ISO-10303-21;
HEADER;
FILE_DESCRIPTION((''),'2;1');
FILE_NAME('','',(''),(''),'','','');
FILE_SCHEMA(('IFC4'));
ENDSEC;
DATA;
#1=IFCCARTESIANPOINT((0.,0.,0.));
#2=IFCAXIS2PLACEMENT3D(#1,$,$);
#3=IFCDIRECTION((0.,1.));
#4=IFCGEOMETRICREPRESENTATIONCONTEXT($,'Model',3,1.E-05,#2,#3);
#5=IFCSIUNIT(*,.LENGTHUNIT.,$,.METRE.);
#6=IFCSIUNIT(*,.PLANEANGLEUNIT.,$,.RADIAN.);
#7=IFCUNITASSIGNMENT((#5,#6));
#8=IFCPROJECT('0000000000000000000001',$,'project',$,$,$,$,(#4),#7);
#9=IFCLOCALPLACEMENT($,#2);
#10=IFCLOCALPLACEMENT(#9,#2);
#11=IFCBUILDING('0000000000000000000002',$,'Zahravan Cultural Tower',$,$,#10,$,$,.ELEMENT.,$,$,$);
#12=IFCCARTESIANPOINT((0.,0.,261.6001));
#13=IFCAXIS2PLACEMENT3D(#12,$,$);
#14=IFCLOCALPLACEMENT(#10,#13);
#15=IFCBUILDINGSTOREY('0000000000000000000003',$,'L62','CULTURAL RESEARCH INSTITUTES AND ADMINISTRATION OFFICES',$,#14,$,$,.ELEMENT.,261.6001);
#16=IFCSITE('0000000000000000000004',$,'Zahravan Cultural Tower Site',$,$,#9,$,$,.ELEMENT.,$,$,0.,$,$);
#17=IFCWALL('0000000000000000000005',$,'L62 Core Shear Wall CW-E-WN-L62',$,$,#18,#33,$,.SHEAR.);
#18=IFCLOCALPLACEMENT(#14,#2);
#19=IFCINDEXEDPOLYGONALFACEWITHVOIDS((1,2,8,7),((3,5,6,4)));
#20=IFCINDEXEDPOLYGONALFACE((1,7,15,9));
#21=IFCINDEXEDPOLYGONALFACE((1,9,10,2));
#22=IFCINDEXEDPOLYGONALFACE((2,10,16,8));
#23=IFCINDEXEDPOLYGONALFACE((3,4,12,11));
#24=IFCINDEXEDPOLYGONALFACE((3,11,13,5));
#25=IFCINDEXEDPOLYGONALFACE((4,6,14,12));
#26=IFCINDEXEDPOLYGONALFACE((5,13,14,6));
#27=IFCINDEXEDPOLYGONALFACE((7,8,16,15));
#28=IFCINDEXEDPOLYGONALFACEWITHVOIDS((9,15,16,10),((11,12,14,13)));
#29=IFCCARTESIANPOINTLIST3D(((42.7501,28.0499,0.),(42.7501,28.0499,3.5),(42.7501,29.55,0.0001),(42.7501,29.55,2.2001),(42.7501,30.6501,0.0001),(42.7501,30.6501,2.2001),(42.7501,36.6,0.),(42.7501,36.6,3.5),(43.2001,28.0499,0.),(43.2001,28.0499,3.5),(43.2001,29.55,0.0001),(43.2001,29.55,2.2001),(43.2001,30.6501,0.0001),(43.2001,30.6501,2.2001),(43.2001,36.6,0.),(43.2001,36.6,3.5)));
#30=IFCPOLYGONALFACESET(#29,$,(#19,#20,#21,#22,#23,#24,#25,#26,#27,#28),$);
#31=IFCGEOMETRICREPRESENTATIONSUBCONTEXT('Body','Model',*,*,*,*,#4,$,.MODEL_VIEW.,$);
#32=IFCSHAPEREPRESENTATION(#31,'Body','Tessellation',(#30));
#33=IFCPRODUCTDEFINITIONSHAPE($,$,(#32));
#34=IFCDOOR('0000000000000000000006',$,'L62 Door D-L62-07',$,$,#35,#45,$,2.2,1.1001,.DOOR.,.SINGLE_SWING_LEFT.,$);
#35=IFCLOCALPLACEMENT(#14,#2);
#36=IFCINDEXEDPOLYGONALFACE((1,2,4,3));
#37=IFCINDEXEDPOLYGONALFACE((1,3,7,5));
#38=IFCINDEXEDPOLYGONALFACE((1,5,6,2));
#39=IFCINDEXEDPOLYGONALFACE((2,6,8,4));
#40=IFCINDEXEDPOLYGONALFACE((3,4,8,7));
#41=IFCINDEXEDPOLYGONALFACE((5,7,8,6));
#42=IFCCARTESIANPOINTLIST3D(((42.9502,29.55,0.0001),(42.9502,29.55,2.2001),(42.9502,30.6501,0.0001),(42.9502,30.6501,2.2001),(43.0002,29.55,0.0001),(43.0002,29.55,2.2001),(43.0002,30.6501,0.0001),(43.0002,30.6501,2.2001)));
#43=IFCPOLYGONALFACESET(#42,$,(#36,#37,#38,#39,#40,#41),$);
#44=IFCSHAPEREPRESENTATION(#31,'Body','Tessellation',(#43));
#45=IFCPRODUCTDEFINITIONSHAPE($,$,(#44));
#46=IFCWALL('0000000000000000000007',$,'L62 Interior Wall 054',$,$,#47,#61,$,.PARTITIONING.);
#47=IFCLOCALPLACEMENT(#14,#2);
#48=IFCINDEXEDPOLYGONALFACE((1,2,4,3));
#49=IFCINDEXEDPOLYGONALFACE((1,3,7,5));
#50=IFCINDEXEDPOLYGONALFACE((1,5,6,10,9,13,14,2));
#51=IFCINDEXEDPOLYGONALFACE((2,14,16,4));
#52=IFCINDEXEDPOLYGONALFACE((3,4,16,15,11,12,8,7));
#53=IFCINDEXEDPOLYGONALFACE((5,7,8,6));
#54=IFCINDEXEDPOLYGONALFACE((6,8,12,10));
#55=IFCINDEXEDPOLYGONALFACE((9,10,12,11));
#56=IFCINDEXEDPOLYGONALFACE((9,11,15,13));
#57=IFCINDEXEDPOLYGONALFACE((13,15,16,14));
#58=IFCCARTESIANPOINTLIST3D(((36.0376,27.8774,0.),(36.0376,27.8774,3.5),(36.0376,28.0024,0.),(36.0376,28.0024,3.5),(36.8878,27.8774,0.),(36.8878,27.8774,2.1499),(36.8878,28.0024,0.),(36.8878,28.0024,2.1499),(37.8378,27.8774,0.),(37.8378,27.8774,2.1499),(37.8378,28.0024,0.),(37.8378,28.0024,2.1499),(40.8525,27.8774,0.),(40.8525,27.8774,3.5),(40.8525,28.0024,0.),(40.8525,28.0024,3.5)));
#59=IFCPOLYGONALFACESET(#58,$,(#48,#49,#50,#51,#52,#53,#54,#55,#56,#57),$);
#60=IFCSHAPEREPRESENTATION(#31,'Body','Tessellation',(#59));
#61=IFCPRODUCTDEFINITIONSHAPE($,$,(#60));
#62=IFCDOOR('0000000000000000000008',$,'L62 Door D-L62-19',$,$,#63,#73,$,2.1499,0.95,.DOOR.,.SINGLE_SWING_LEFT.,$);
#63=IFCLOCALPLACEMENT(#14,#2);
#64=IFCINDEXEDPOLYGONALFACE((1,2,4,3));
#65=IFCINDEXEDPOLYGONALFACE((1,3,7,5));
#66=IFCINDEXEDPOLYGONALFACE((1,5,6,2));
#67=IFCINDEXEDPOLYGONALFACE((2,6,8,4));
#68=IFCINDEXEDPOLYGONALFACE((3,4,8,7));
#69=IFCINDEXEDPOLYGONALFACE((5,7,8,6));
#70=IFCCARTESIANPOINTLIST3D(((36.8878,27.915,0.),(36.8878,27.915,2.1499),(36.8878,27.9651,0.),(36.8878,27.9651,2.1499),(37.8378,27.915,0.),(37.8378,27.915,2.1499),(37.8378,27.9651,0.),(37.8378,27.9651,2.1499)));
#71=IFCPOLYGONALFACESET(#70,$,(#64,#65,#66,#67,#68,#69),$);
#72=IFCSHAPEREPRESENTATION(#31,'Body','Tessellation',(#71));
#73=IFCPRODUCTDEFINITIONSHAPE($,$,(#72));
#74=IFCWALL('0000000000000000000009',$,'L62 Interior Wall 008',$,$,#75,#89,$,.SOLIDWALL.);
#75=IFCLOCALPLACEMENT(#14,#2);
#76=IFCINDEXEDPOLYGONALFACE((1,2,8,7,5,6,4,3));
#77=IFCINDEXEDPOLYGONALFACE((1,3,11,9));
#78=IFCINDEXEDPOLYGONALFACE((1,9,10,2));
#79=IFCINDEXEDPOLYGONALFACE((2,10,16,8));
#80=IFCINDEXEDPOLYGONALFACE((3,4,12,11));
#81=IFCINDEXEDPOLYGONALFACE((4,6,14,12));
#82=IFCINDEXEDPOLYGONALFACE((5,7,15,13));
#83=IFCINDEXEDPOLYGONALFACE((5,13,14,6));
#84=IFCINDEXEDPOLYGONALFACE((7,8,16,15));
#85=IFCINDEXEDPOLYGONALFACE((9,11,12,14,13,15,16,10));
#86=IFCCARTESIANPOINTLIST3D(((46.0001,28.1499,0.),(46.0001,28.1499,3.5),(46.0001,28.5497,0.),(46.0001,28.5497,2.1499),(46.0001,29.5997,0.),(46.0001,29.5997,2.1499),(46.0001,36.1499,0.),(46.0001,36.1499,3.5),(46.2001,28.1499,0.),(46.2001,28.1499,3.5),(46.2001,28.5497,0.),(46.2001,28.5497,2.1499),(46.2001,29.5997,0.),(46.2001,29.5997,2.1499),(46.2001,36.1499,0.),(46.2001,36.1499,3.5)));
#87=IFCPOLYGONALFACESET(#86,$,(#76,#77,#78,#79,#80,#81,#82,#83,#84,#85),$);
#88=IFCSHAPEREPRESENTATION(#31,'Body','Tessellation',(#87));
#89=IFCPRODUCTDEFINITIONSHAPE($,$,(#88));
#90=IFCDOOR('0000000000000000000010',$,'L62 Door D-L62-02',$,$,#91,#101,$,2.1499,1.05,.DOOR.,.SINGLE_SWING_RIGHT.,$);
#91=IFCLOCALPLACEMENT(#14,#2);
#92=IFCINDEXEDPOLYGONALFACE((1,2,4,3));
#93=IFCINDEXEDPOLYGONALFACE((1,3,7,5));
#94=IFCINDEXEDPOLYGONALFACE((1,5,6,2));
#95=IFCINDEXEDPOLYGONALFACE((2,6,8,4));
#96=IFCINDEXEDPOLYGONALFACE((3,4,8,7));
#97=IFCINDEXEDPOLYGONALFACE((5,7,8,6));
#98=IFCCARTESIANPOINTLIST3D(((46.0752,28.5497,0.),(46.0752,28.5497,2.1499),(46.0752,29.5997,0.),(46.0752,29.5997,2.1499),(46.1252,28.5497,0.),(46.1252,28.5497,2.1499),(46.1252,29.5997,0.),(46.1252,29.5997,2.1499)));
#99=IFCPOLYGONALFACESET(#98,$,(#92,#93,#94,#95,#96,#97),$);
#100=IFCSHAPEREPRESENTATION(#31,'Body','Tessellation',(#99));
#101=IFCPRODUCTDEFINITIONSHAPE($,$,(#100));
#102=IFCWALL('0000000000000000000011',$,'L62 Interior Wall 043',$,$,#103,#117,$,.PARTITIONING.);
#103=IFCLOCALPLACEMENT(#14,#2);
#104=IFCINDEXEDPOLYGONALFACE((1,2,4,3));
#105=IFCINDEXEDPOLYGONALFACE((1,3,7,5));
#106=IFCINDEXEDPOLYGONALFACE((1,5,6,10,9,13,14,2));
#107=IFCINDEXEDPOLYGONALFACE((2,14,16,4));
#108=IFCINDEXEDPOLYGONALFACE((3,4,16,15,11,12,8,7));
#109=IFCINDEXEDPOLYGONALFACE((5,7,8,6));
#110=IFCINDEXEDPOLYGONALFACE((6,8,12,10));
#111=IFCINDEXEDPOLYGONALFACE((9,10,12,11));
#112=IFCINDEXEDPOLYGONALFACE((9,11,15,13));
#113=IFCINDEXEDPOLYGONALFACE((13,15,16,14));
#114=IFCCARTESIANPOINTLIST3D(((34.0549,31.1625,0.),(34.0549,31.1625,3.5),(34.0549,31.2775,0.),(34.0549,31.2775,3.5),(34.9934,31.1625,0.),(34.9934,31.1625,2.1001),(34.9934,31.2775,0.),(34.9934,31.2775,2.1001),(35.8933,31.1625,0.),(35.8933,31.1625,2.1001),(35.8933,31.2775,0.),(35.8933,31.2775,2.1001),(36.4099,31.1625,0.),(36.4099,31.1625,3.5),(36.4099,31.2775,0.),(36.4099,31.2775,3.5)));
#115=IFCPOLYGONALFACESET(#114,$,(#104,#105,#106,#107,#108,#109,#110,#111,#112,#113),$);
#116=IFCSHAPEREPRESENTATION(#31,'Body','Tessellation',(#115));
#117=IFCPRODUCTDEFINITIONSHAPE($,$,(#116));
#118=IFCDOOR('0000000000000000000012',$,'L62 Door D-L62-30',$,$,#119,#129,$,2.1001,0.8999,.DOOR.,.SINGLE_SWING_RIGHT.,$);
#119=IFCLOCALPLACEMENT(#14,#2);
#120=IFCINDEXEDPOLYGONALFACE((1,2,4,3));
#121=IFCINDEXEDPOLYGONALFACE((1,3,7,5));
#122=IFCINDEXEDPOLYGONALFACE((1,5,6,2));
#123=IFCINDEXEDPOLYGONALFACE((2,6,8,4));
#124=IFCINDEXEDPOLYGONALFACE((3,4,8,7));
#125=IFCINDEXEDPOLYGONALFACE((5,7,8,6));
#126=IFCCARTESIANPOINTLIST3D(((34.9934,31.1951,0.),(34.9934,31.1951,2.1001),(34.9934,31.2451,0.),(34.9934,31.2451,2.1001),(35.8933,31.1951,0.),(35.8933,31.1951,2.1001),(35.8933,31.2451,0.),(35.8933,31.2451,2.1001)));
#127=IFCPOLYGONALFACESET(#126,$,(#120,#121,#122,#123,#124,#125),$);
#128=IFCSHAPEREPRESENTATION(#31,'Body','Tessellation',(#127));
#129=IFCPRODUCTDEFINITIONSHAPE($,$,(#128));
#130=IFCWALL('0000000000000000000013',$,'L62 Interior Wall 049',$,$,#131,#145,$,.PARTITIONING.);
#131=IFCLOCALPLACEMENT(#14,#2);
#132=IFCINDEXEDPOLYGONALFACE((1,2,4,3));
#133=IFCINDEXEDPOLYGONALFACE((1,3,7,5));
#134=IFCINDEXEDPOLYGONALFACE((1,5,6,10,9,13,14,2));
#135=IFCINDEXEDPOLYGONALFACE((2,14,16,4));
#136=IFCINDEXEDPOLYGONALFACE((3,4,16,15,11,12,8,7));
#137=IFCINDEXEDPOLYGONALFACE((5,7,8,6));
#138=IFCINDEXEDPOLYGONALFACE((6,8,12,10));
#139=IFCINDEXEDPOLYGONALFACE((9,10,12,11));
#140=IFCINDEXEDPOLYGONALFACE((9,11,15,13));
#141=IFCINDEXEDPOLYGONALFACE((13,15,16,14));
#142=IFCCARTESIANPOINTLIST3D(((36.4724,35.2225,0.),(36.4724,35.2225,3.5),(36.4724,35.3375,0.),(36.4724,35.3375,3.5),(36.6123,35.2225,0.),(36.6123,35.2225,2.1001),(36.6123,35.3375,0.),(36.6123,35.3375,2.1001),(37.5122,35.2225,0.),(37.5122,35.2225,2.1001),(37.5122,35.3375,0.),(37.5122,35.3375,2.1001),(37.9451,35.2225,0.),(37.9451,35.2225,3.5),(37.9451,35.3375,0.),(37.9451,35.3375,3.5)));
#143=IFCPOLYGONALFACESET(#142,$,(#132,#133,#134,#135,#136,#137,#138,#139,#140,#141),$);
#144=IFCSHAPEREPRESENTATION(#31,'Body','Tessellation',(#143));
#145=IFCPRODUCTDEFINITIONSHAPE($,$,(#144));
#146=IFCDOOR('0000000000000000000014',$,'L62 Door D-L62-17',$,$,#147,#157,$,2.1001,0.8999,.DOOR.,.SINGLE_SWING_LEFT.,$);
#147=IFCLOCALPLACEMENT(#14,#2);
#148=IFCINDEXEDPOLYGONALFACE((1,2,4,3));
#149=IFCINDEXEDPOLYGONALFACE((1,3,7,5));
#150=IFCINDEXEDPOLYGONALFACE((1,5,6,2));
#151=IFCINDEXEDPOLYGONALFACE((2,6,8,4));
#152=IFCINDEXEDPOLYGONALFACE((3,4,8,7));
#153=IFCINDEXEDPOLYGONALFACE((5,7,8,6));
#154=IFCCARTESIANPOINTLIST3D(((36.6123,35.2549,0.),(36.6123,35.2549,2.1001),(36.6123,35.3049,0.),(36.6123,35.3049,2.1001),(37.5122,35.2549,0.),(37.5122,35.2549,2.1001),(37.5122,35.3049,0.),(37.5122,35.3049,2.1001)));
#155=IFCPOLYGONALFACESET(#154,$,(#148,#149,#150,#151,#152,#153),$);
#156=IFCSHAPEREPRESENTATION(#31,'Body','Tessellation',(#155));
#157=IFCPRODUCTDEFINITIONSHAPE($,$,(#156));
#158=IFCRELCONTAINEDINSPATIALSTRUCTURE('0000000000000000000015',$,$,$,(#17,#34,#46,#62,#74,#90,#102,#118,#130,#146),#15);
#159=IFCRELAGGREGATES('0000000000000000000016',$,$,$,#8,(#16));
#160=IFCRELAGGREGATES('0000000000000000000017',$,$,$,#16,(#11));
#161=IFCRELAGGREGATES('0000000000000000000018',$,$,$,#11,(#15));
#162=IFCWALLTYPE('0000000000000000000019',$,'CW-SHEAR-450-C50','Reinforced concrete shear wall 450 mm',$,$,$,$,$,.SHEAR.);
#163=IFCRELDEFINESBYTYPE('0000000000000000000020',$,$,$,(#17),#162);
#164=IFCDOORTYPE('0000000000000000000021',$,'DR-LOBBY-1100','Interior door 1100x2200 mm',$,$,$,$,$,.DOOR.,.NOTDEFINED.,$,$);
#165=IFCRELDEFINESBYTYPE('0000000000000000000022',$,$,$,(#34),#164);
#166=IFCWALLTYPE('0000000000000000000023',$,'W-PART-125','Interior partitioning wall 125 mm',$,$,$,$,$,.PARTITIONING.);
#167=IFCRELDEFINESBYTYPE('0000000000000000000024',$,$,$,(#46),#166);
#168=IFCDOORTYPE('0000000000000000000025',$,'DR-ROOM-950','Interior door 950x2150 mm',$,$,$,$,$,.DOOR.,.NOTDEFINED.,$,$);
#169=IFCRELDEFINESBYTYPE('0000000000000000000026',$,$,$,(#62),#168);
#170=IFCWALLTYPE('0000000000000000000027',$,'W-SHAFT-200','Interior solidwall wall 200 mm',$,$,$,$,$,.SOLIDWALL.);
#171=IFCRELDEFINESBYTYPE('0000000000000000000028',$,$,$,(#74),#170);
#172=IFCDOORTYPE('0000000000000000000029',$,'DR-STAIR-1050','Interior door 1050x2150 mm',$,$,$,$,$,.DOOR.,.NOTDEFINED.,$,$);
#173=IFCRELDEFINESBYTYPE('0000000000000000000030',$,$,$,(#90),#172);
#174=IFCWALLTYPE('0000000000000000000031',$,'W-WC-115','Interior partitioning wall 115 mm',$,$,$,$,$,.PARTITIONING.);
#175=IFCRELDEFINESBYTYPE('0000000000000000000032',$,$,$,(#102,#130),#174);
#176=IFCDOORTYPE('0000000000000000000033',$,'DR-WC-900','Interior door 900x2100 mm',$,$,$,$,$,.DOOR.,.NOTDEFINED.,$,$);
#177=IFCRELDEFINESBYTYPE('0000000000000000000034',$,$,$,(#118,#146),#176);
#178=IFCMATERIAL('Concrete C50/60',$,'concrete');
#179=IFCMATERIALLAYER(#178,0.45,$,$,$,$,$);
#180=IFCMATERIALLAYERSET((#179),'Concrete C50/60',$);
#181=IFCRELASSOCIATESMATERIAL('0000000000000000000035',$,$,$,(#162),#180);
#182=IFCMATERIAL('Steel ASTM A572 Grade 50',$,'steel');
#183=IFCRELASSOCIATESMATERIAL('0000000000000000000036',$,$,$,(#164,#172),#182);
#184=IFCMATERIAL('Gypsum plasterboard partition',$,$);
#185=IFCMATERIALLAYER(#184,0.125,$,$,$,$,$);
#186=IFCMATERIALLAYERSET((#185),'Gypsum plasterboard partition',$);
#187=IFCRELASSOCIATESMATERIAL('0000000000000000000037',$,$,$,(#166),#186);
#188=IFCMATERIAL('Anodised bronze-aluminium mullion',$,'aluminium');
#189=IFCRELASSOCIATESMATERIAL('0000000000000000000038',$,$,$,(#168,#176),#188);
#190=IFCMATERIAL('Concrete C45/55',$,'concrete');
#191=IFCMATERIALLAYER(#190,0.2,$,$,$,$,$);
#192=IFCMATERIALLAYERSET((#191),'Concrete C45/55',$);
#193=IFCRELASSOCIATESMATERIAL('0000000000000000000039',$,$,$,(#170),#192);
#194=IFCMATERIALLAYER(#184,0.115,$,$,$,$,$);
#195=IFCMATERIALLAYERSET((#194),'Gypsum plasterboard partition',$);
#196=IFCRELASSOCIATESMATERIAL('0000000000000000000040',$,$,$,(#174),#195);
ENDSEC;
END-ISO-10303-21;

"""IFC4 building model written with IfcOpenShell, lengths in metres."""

from ifc_helpers import new_model, si_unit, direction, frame, frame_2d, origin, place, context, subcontext, project, spatial, rectangle, extrude, source, transform, mapped, material, layer, layer_set, type_object, element, fill, save


model = new_model("IFC4")

# Units and contexts
model_context = context("Model", 3, precision=1e-05, world=origin(), true_north=direction((0.0, 1.0)))
body_context = subcontext(model_context, "Body", "Model", "MODEL_VIEW")
ifc_project = project(units=[si_unit("LENGTHUNIT", "METRE"), si_unit("PLANEANGLEUNIT", "RADIAN")], contexts=[model_context])

# Site, building, storey
site_placement = place(None, origin())
site = spatial("IfcSite", under=ifc_project, at=site_placement, Name="Zahravan Cultural Tower Site", CompositionType="ELEMENT", RefElevation=0.0)
building_placement = place(site_placement, origin())
building = spatial("IfcBuilding", under=site, at=building_placement, Name="Zahravan Cultural Tower", CompositionType="ELEMENT")
storey_placement = place(building_placement, frame((0.0, 0.0, 261.6001)))
storey = spatial("IfcBuildingStorey", under=building, at=storey_placement, Name="L62", Description="CULTURAL RESEARCH INSTITUTES AND ADMINISTRATION OFFICES", CompositionType="ELEMENT", Elevation=261.6001)

# Walls, openings, doors
ifc_material_1 = material(Name="Concrete C50/60", Category="concrete")
ifc_layer_1 = layer(ifc_material_1, 0.45)
ifc_layer_set_1 = layer_set([ifc_layer_1], Name="Concrete C50/60")
wall_type_1 = type_object("IfcWallType", Name="CW-SHEAR-450-C50", Description="Reinforced concrete shear wall 450 mm", PredefinedType="SHEAR", material=ifc_layer_set_1)
wall_1_placement = place(storey_placement, frame((42.9751, 28.05, 0.0), z_axis=(0.0, 0.0, 1.0), x_axis=(0.0, 1.0, 0.0)))
wall_1 = element("IfcWall", 1, at=wall_1_placement, inside=storey, type_object=wall_type_1, Name="L62 Core Shear Wall CW-E-WN-L62", PredefinedType="SHEAR", context=body_context, shape_type="SweptSolid", body=[
    extrude(rectangle(XDim=8.55, YDim=0.45, at=frame_2d((4.2749, 0.0))), origin(), (0.0, 0.0, 1.0), 3.5),
])
opening_1_placement = place(wall_1_placement, frame((1.5, 0.0, 0.0)))
opening_1 = element("IfcOpeningElement", 2, at=opening_1_placement, cuts=wall_1, PredefinedType="OPENING", context=body_context, shape_type="SweptSolid", body=[
    extrude(rectangle(XDim=1.1001, YDim=2.2, at=frame_2d((0.55, 1.1001))), frame((0.0, 0.2349, 0.0), z_axis=(0.0, -1.0, 0.0), x_axis=(1.0, 0.0, 0.0)), (0.0, 0.0, 1.0), 0.47),
])
ifc_material_2 = material(Name="Steel ASTM A572 Grade 50", Category="steel")
door_type_1 = type_object("IfcDoorType", Name="DR-LOBBY-1100", Description="Interior door 1100x2200 mm", OperationType="NOTDEFINED", PredefinedType="DOOR", material=ifc_material_2)
shared_shape_1 = source(origin(), body_context, "Body", "SweptSolid", [
    extrude(rectangle(XDim=1.1001, YDim=2.2, at=frame_2d((0.55, 1.1001))), frame((0.0, 0.0249, 0.0), z_axis=(0.0, -1.0, 0.0), x_axis=(1.0, 0.0, 0.0)), (0.0, 0.0, 1.0), 0.05),
])
door_1_placement = place(opening_1_placement, origin())
door_1 = element("IfcDoor", 3, at=door_1_placement, inside=storey, type_object=door_type_1, Name="L62 Door D-L62-07", OperationType="SINGLE_SWING_LEFT", OverallHeight=2.2, OverallWidth=1.1001, PredefinedType="DOOR", context=body_context, shape_type="MappedRepresentation", body=[
    mapped(shared_shape_1, transform((0.0, 0.0, 0.0), x_axis=(1.0, 0.0, 0.0), y_axis=(0.0, 1.0, 0.0), z_axis=(0.0, 0.0, 1.0), scale=1.0)),
])
fill(opening_1, door_1)
ifc_material_3 = material(Name="Gypsum plasterboard partition")
ifc_layer_2 = layer(ifc_material_3, 0.125)
ifc_layer_set_2 = layer_set([ifc_layer_2], Name="Gypsum plasterboard partition")
wall_type_2 = type_object("IfcWallType", Name="W-PART-125", Description="Interior partitioning wall 125 mm", PredefinedType="PARTITIONING", material=ifc_layer_set_2)
wall_2_placement = place(storey_placement, frame((40.8525, 27.9399, 0.0), z_axis=(0.0, 0.0, 1.0), x_axis=(-1.0, 0.0, 0.0)))
wall_2 = element("IfcWall", 4, at=wall_2_placement, inside=storey, type_object=wall_type_2, Name="L62 Interior Wall 054", PredefinedType="PARTITIONING", context=body_context, shape_type="SweptSolid", body=[
    extrude(rectangle(XDim=4.8149, YDim=0.125, at=frame_2d((2.4075, 0.0))), origin(), (0.0, 0.0, 1.0), 3.5),
])
opening_2_placement = place(wall_2_placement, frame((3.0146, 0.0, 0.0)))
opening_2 = element("IfcOpeningElement", 5, at=opening_2_placement, cuts=wall_2, PredefinedType="OPENING", context=body_context, shape_type="SweptSolid", body=[
    extrude(rectangle(XDim=0.95, YDim=2.1499, at=frame_2d((0.4751, 1.075))), frame((0.0, 0.0725, 0.0), z_axis=(0.0, -1.0, 0.0), x_axis=(1.0, 0.0, 0.0)), (0.0, 0.0, 1.0), 0.145),
])
ifc_material_4 = material(Name="Anodised bronze-aluminium mullion", Category="aluminium")
door_type_2 = type_object("IfcDoorType", Name="DR-ROOM-950", Description="Interior door 950x2150 mm", OperationType="NOTDEFINED", PredefinedType="DOOR", material=ifc_material_4)
shared_shape_2 = source(origin(), body_context, "Body", "SweptSolid", [
    extrude(rectangle(XDim=0.95, YDim=2.1499, at=frame_2d((0.4751, 1.075))), frame((0.0, 0.0249, 0.0), z_axis=(0.0, -1.0, 0.0), x_axis=(1.0, 0.0, 0.0)), (0.0, 0.0, 1.0), 0.05),
])
door_2_placement = place(opening_2_placement, origin())
door_2 = element("IfcDoor", 6, at=door_2_placement, inside=storey, type_object=door_type_2, Name="L62 Door D-L62-19", OperationType="SINGLE_SWING_LEFT", OverallHeight=2.1499, OverallWidth=0.95, PredefinedType="DOOR", context=body_context, shape_type="MappedRepresentation", body=[
    mapped(shared_shape_2, transform((0.0, 0.0, 0.0), x_axis=(1.0, 0.0, 0.0), y_axis=(0.0, 1.0, 0.0), z_axis=(0.0, 0.0, 1.0), scale=1.0)),
])
fill(opening_2, door_2)
ifc_material_5 = material(Name="Concrete C45/55", Category="concrete")
ifc_layer_3 = layer(ifc_material_5, 0.2)
ifc_layer_set_3 = layer_set([ifc_layer_3], Name="Concrete C45/55")
wall_type_3 = type_object("IfcWallType", Name="W-SHAFT-200", Description="Interior solidwall wall 200 mm", PredefinedType="SOLIDWALL", material=ifc_layer_set_3)
wall_3_placement = place(storey_placement, frame((46.1001, 28.1499, 0.0), z_axis=(0.0, 0.0, 1.0), x_axis=(0.0, 1.0, 0.0)))
wall_3 = element("IfcWall", 7, at=wall_3_placement, inside=storey, type_object=wall_type_3, Name="L62 Interior Wall 008", PredefinedType="SOLIDWALL", context=body_context, shape_type="SweptSolid", body=[
    extrude(rectangle(XDim=8.0, YDim=0.2, at=frame_2d((4.0, 0.0))), origin(), (0.0, 0.0, 1.0), 3.5),
])
opening_3_placement = place(wall_3_placement, frame((0.3999, 0.0, 0.0)))
opening_3 = element("IfcOpeningElement", 8, at=opening_3_placement, cuts=wall_3, PredefinedType="OPENING", context=body_context, shape_type="SweptSolid", body=[
    extrude(rectangle(XDim=1.05, YDim=2.1499, at=frame_2d((0.5249, 1.075))), frame((0.0, 0.1099, 0.0), z_axis=(0.0, -1.0, 0.0), x_axis=(1.0, 0.0, 0.0)), (0.0, 0.0, 1.0), 0.22),
])
door_type_3 = type_object("IfcDoorType", Name="DR-STAIR-1050", Description="Interior door 1050x2150 mm", OperationType="NOTDEFINED", PredefinedType="DOOR", material=ifc_material_2)
shared_shape_3 = source(origin(), body_context, "Body", "SweptSolid", [
    extrude(rectangle(XDim=1.05, YDim=2.1499, at=frame_2d((0.5249, 1.075))), frame((0.0, 0.0249, 0.0), z_axis=(0.0, -1.0, 0.0), x_axis=(1.0, 0.0, 0.0)), (0.0, 0.0, 1.0), 0.05),
])
door_3_placement = place(opening_3_placement, origin())
door_3 = element("IfcDoor", 9, at=door_3_placement, inside=storey, type_object=door_type_3, Name="L62 Door D-L62-02", OperationType="SINGLE_SWING_RIGHT", OverallHeight=2.1499, OverallWidth=1.05, PredefinedType="DOOR", context=body_context, shape_type="MappedRepresentation", body=[
    mapped(shared_shape_3, transform((0.0, 0.0, 0.0), x_axis=(1.0, 0.0, 0.0), y_axis=(0.0, 1.0, 0.0), z_axis=(0.0, 0.0, 1.0), scale=1.0)),
])
fill(opening_3, door_3)
ifc_layer_4 = layer(ifc_material_3, 0.115)
ifc_layer_set_4 = layer_set([ifc_layer_4], Name="Gypsum plasterboard partition")
wall_type_4 = type_object("IfcWallType", Name="W-WC-115", Description="Interior partitioning wall 115 mm", PredefinedType="PARTITIONING", material=ifc_layer_set_4)
wall_4_placement = place(storey_placement, frame((36.4099, 31.22, 0.0), z_axis=(0.0, 0.0, 1.0), x_axis=(-1.0, 0.0, 0.0)))
wall_4 = element("IfcWall", 10, at=wall_4_placement, inside=storey, type_object=wall_type_4, Name="L62 Interior Wall 043", PredefinedType="PARTITIONING", context=body_context, shape_type="SweptSolid", body=[
    extrude(rectangle(XDim=2.355, YDim=0.115, at=frame_2d((1.1775, 0.0))), origin(), (0.0, 0.0, 1.0), 3.5),
])
opening_4_placement = place(wall_4_placement, frame((0.5166, 0.0, 0.0)))
opening_4 = element("IfcOpeningElement", 11, at=opening_4_placement, cuts=wall_4, PredefinedType="OPENING", context=body_context, shape_type="SweptSolid", body=[
    extrude(rectangle(XDim=0.8999, YDim=2.1001, at=frame_2d((0.45, 1.05))), frame((0.0, 0.0674, 0.0), z_axis=(0.0, -1.0, 0.0), x_axis=(1.0, 0.0, 0.0)), (0.0, 0.0, 1.0), 0.135),
])
door_type_4 = type_object("IfcDoorType", Name="DR-WC-900", Description="Interior door 900x2100 mm", OperationType="NOTDEFINED", PredefinedType="DOOR", material=ifc_material_4)
shared_shape_4 = source(origin(), body_context, "Body", "SweptSolid", [
    extrude(rectangle(XDim=0.8999, YDim=2.1001, at=frame_2d((0.45, 1.05))), frame((0.0, 0.0249, 0.0), z_axis=(0.0, -1.0, 0.0), x_axis=(1.0, 0.0, 0.0)), (0.0, 0.0, 1.0), 0.05),
])
door_4_placement = place(opening_4_placement, origin())
door_4 = element("IfcDoor", 12, at=door_4_placement, inside=storey, type_object=door_type_4, Name="L62 Door D-L62-30", OperationType="SINGLE_SWING_RIGHT", OverallHeight=2.1001, OverallWidth=0.8999, PredefinedType="DOOR", context=body_context, shape_type="MappedRepresentation", body=[
    mapped(shared_shape_4, transform((0.0, 0.0, 0.0), x_axis=(1.0, 0.0, 0.0), y_axis=(0.0, 1.0, 0.0), z_axis=(0.0, 0.0, 1.0), scale=1.0)),
])
fill(opening_4, door_4)
wall_5_placement = place(storey_placement, frame((36.4724, 35.28, 0.0), z_axis=(0.0, 0.0, 1.0), x_axis=(1.0, 0.0, 0.0)))
wall_5 = element("IfcWall", 13, at=wall_5_placement, inside=storey, type_object=wall_type_4, Name="L62 Interior Wall 049", PredefinedType="PARTITIONING", context=body_context, shape_type="SweptSolid", body=[
    extrude(rectangle(XDim=1.4727, YDim=0.115, at=frame_2d((0.7363, 0.0))), origin(), (0.0, 0.0, 1.0), 3.5),
])
opening_5_placement = place(wall_5_placement, frame((0.1399, 0.0, 0.0)))
opening_5 = element("IfcOpeningElement", 14, at=opening_5_placement, cuts=wall_5, PredefinedType="OPENING", context=body_context, shape_type="SweptSolid", body=[
    extrude(rectangle(XDim=0.8999, YDim=2.1001, at=frame_2d((0.45, 1.05))), frame((0.0, 0.0674, 0.0), z_axis=(0.0, -1.0, 0.0), x_axis=(1.0, 0.0, 0.0)), (0.0, 0.0, 1.0), 0.135),
])
door_5_placement = place(opening_5_placement, origin())
door_5 = element("IfcDoor", 15, at=door_5_placement, inside=storey, type_object=door_type_4, Name="L62 Door D-L62-17", OperationType="SINGLE_SWING_LEFT", OverallHeight=2.1001, OverallWidth=0.8999, PredefinedType="DOOR", context=body_context, shape_type="MappedRepresentation", body=[
    mapped(shared_shape_4, transform((0.0, 0.0, 0.0), x_axis=(1.0, 0.0, 0.0), y_axis=(0.0, 1.0, 0.0), z_axis=(0.0, 0.0, 1.0), scale=1.0)),
])
fill(opening_5, door_5)

save(model, "model.ifc")
